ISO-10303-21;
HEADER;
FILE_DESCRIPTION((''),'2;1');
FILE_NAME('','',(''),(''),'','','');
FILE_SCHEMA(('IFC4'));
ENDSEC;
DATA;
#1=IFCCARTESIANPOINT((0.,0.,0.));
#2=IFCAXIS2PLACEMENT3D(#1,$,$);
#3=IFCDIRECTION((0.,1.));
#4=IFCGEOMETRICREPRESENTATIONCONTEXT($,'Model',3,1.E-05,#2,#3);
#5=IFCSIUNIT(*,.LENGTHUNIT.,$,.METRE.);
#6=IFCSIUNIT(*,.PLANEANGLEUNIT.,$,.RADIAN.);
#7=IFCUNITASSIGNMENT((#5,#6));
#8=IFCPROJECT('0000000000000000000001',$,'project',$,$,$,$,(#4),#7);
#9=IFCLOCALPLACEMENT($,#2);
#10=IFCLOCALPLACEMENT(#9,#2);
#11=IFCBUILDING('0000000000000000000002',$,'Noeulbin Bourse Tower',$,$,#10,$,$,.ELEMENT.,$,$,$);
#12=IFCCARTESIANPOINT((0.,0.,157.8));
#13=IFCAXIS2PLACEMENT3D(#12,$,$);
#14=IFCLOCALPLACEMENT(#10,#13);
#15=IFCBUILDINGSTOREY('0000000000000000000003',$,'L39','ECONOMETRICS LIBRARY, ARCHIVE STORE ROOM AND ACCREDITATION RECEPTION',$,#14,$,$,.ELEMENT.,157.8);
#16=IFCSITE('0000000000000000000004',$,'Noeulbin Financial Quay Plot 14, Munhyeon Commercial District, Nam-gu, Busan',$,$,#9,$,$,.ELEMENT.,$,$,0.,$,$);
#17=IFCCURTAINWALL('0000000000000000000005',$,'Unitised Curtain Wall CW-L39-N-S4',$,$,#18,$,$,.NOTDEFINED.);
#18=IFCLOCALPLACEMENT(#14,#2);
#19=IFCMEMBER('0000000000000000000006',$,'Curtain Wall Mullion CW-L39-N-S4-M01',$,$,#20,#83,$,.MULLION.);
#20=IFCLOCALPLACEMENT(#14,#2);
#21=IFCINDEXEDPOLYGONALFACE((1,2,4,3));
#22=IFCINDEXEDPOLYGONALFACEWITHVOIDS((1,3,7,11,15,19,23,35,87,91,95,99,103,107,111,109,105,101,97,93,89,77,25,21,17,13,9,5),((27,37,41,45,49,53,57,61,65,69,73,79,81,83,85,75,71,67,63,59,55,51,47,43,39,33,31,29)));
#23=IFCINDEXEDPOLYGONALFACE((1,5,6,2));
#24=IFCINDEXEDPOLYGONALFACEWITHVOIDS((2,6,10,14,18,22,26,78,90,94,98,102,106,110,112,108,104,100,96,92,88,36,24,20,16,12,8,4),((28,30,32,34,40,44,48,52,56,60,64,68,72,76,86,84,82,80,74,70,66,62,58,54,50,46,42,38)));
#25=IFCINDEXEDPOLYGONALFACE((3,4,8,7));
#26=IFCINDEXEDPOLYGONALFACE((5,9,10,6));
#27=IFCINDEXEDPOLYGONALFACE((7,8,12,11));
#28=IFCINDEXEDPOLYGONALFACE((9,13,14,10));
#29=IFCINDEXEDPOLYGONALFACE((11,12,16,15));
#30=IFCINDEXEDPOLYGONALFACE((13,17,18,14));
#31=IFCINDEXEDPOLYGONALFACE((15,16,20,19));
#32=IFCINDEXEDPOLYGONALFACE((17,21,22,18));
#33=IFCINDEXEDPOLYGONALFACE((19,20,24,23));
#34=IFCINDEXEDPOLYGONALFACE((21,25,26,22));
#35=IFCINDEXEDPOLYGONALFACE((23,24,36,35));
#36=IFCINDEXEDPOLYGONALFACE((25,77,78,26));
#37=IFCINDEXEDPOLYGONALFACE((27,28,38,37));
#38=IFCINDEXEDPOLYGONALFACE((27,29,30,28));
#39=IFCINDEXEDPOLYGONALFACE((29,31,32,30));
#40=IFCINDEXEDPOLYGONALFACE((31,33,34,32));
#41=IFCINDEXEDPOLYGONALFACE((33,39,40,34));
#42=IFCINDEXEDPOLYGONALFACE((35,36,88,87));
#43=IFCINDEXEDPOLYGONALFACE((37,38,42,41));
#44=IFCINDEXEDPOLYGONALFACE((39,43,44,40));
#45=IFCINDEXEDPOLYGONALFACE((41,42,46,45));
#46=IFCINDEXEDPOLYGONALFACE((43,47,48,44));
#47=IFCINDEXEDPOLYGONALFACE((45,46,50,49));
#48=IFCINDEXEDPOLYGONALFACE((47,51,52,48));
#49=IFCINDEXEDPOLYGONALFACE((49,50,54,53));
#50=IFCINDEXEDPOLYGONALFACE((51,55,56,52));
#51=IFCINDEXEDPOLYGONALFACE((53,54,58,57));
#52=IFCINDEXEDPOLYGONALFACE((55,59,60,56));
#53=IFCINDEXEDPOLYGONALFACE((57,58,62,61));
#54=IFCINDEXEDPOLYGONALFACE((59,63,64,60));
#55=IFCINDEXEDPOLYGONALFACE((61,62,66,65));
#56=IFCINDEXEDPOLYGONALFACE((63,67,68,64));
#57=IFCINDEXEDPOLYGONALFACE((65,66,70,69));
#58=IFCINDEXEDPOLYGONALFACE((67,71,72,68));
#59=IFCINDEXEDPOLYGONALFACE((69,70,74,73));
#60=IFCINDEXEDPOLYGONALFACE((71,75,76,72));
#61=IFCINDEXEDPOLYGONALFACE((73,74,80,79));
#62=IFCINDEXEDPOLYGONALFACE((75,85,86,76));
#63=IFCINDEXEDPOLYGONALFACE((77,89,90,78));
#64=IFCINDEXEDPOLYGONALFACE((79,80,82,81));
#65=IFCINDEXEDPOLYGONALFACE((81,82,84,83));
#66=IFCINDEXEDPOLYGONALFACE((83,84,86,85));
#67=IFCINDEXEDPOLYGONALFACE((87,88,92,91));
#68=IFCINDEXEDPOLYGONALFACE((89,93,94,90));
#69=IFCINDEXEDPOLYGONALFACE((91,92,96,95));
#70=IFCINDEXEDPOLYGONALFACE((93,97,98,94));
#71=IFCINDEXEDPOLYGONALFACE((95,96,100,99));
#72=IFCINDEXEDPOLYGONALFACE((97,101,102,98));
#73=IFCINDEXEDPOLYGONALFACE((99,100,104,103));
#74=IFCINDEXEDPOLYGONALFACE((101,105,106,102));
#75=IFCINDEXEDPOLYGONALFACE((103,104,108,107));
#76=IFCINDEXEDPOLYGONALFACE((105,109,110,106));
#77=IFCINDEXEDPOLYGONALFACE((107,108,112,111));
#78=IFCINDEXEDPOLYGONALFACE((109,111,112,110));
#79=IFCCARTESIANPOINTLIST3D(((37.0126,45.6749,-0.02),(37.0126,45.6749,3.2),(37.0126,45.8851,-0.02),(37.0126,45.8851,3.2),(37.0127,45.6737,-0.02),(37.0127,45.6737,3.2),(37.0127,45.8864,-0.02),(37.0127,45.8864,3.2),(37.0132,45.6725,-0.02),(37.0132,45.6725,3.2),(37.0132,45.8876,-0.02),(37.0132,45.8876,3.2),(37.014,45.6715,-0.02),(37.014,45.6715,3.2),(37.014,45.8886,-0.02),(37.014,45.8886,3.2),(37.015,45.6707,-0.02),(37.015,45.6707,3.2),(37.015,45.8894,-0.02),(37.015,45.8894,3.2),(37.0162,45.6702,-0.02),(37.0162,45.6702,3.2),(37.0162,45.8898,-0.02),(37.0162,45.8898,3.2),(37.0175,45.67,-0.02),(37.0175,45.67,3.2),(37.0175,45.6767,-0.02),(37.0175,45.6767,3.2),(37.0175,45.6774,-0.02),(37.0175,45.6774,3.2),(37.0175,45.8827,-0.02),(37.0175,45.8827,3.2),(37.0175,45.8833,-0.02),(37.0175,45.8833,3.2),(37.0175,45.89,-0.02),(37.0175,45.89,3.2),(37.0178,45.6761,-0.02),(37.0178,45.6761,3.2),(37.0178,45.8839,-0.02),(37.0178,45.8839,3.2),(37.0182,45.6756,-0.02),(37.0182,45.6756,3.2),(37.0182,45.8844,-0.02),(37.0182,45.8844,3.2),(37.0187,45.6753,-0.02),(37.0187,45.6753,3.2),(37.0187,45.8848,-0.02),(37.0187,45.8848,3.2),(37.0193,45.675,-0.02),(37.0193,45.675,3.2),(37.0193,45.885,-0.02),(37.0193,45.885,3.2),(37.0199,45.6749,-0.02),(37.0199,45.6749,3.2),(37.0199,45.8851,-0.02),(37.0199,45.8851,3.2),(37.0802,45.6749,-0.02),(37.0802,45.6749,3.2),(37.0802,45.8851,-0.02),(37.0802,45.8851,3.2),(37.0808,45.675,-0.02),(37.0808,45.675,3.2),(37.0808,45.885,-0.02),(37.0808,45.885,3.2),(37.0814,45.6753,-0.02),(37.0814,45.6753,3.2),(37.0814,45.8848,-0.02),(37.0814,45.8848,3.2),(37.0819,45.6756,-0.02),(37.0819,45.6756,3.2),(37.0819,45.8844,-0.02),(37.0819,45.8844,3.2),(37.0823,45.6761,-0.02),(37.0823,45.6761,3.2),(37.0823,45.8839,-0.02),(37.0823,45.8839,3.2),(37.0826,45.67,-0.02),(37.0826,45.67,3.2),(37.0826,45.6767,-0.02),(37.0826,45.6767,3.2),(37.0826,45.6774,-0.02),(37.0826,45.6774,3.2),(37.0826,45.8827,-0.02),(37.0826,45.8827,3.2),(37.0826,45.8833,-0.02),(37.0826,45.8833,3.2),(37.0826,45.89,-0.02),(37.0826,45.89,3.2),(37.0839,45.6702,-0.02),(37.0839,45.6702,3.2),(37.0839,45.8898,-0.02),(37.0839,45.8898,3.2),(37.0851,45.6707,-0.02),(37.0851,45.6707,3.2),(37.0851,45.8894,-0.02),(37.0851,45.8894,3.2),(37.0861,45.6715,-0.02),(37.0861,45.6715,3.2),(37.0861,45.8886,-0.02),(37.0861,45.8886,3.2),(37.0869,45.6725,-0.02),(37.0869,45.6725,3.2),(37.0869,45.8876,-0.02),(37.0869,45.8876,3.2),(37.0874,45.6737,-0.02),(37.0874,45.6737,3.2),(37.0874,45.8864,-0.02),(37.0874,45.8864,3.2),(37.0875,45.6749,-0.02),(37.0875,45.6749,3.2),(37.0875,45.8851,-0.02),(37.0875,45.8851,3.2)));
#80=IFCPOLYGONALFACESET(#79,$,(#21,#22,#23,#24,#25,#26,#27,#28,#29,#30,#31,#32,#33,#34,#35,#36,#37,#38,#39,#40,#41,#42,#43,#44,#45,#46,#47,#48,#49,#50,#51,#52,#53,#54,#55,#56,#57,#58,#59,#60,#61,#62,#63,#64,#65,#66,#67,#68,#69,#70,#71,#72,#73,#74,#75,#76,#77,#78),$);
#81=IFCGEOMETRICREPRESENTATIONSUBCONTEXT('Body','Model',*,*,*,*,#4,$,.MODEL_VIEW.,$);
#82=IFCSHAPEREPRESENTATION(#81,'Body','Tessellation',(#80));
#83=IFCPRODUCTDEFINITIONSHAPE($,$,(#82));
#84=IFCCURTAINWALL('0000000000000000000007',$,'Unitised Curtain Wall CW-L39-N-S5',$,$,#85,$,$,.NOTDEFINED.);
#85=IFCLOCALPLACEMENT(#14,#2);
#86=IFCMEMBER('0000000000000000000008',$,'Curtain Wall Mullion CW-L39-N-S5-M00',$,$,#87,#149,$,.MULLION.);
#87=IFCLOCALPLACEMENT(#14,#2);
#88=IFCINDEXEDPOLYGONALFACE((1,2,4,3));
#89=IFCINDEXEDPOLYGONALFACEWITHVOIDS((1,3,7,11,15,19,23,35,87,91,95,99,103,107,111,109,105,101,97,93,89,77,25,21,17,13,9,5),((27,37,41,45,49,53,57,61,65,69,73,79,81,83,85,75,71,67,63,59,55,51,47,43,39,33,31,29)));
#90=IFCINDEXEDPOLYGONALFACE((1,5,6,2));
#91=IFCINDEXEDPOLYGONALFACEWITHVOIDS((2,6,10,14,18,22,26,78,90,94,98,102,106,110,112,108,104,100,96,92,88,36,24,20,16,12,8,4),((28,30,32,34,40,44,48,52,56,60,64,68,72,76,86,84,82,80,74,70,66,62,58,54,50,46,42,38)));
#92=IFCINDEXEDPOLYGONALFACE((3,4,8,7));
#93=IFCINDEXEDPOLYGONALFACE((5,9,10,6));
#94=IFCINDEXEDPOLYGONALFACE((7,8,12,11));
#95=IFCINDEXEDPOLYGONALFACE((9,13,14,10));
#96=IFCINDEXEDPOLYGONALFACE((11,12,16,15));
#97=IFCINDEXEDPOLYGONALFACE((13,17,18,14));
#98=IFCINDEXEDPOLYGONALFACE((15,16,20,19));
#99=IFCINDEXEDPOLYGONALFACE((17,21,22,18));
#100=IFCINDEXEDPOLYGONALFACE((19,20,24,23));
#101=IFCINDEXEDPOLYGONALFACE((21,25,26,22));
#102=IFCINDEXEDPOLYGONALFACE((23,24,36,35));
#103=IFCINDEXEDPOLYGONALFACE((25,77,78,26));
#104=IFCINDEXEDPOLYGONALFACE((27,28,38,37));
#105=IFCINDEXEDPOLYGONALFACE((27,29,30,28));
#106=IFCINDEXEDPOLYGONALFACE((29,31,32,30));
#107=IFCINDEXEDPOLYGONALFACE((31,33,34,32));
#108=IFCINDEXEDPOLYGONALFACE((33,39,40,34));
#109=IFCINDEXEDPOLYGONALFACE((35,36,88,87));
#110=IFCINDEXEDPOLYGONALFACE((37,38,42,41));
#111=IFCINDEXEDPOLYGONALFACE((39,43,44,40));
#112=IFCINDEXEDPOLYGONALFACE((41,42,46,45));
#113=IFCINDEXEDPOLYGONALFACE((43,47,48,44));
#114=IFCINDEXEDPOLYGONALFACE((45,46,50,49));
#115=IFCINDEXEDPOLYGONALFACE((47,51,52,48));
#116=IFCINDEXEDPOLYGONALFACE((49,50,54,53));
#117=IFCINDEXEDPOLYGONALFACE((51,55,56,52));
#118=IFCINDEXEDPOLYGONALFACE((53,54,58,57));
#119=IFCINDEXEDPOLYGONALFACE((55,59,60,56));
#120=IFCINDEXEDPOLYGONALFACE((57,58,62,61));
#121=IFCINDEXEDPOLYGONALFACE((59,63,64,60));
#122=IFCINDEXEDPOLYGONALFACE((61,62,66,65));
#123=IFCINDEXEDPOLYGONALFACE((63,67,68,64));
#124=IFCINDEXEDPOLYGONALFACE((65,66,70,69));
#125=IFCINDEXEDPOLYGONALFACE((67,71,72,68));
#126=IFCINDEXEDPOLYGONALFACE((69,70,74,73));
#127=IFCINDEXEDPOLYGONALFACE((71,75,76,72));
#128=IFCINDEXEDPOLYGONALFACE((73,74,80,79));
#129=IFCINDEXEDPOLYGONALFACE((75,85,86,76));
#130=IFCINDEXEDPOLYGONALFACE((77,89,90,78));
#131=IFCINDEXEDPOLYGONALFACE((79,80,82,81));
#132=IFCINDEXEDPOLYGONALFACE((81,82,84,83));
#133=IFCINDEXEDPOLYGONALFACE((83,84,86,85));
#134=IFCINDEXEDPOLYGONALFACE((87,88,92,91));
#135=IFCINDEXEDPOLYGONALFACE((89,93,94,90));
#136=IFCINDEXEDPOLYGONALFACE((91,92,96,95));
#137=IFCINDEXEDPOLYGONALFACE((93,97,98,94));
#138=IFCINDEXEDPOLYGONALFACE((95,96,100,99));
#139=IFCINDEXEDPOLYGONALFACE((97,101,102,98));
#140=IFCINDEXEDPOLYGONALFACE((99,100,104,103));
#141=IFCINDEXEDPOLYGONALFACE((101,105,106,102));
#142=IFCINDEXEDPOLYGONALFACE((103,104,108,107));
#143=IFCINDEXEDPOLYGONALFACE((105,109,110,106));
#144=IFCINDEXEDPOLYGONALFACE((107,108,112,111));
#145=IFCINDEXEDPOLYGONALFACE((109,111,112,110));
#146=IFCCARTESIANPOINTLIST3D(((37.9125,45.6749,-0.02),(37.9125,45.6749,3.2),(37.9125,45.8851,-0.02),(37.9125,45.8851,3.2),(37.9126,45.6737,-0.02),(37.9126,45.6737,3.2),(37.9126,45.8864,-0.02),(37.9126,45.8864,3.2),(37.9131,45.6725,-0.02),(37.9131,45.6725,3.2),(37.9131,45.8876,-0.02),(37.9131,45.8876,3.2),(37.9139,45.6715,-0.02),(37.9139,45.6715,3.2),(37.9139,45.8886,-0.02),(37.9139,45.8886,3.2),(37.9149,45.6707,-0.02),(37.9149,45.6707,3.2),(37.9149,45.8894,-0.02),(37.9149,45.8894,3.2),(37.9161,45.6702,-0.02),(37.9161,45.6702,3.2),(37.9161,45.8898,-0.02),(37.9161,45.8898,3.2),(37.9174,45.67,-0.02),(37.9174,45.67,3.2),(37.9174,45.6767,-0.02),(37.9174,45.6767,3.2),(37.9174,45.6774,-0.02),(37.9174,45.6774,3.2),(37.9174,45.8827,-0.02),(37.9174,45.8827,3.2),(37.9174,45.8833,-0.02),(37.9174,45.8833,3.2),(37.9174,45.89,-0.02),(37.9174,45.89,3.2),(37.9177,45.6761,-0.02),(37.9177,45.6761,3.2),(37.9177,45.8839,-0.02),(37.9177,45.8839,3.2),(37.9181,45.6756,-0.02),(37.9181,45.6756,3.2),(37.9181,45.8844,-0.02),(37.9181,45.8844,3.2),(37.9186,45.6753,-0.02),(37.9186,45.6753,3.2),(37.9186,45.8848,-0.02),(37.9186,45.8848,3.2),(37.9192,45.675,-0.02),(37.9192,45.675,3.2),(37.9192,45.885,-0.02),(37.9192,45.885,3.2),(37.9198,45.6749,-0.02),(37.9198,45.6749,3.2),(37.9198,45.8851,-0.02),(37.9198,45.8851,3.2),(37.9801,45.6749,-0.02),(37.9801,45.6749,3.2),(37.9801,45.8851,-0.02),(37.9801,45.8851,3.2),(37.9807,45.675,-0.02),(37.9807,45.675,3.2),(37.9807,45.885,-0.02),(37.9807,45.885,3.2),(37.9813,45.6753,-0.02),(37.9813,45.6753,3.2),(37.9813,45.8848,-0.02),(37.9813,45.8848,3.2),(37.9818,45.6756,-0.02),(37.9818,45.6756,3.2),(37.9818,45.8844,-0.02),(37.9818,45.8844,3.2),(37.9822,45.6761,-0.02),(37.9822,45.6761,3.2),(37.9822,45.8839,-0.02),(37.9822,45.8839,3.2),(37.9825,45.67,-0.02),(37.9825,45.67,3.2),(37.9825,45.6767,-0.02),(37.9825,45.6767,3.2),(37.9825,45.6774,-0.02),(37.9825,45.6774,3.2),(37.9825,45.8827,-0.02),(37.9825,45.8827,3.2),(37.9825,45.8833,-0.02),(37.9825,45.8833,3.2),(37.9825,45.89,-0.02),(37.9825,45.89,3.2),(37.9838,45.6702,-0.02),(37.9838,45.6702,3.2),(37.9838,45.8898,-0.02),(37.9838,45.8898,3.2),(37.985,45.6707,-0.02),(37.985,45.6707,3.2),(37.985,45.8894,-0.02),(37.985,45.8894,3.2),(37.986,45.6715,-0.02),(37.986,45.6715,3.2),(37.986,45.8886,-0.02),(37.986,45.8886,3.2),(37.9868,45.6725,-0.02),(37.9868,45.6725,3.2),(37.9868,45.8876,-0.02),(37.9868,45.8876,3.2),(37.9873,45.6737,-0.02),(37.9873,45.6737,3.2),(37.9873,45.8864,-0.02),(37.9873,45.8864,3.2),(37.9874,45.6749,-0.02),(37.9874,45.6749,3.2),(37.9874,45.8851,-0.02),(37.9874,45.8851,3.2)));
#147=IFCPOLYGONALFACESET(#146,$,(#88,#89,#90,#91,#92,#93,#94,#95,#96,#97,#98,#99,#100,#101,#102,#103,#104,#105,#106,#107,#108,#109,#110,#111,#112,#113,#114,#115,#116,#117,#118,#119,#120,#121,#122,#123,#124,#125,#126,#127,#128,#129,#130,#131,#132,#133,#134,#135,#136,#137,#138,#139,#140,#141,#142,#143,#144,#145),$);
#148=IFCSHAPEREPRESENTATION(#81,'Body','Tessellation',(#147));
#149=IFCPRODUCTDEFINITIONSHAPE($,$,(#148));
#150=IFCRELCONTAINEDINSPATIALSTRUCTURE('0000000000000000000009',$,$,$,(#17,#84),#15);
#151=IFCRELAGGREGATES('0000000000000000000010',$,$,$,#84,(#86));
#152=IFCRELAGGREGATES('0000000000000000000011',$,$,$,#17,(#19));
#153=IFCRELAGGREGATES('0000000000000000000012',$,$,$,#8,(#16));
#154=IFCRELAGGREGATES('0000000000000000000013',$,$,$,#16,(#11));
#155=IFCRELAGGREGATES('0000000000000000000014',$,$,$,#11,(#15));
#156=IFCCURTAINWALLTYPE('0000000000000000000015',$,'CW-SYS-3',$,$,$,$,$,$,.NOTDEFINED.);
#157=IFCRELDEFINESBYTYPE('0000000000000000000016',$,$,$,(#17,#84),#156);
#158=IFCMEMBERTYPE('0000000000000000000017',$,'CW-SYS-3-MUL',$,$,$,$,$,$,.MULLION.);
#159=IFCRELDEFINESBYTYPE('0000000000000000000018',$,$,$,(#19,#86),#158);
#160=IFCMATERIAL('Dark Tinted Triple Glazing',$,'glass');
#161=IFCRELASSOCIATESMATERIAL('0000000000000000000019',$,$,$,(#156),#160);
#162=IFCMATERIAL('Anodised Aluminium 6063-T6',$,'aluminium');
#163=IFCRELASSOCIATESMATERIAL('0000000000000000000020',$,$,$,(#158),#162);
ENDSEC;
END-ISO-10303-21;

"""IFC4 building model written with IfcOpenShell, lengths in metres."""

from ifc_helpers import new_model, si_unit, direction, frame, origin, origin_2d, place, context, subcontext, project, spatial, hollow_rectangle, extrude, material, material_profile, profile_set, type_object, element, aggregate, save


model = new_model("IFC4")

# Units and contexts
model_context = context("Model", 3, precision=1e-05, world=origin(), true_north=direction((0.0, 1.0)))
body_context = subcontext(model_context, "Body", "Model", "MODEL_VIEW")
ifc_project = project(units=[si_unit("LENGTHUNIT", "METRE"), si_unit("PLANEANGLEUNIT", "RADIAN")], contexts=[model_context])

# Site, building, storey
site_placement = place(None, origin())
site = spatial("IfcSite", under=ifc_project, at=site_placement, Name="Noeulbin Financial Quay Plot 14, Munhyeon Commercial District, Nam-gu, Busan", CompositionType="ELEMENT", RefElevation=0.0)
building_placement = place(site_placement, origin())
building = spatial("IfcBuilding", under=site, at=building_placement, Name="Noeulbin Bourse Tower", CompositionType="ELEMENT")
storey_placement = place(building_placement, frame((0.0, 0.0, 157.8)))
storey = spatial("IfcBuildingStorey", under=building, at=storey_placement, Name="L39", Description="ECONOMETRICS LIBRARY, ARCHIVE STORE ROOM AND ACCREDITATION RECEPTION", CompositionType="ELEMENT", Elevation=157.8)

# Shared definitions
ifc_material_1 = material(Name="Dark Tinted Triple Glazing", Category="glass")
curtain_wall_type = type_object("IfcCurtainWallType", Name="CW-SYS-3", PredefinedType="NOTDEFINED", material=ifc_material_1)
ifc_material_2 = material(Name="Anodised Aluminium 6063-T6", Category="aluminium")
ifc_material_profile_1 = material_profile(ifc_material_2, hollow_rectangle(XDim=0.075, YDim=0.22, WallThickness=0.0049, InnerFilletRadius=0.0024, OuterFilletRadius=0.0049, at=origin_2d()), Name="ALU-MULL-75x220x5", Category="LoadBearing")
ifc_profile_set_1 = profile_set([ifc_material_profile_1], Name="Anodised Aluminium 6063-T6")
member_type_1 = type_object("IfcMemberType", Name="CW-SYS-3-MUL", PredefinedType="MULLION", material=ifc_profile_set_1)

# Curtain wall, member
curtain_wall_1_placement = place(storey_placement, origin())
curtain_wall_1 = element("IfcCurtainWall", 1, at=curtain_wall_1_placement, inside=storey, type_object=curtain_wall_type, Name="Unitised Curtain Wall CW-L39-N-S4", PredefinedType="NOTDEFINED")
member_1_placement = place(storey_placement, frame((37.05, 45.78, -0.02), z_axis=(0.0, 0.0, 1.0), x_axis=(1.0, 0.0, 0.0)))
member_1 = element("IfcMember", 2, at=member_1_placement, type_object=member_type_1, Name="Curtain Wall Mullion CW-L39-N-S4-M01", PredefinedType="MULLION", context=body_context, shape_type="SweptSolid", body=[
    extrude(hollow_rectangle(XDim=0.075, YDim=0.22, WallThickness=0.0049, InnerFilletRadius=0.0024, OuterFilletRadius=0.0049, at=origin_2d()), origin(), (0.0, 0.0, 1.0), 3.22),
])

# Curtain wall, member
curtain_wall_2_placement = place(storey_placement, origin())
curtain_wall_2 = element("IfcCurtainWall", 3, at=curtain_wall_2_placement, inside=storey, type_object=curtain_wall_type, Name="Unitised Curtain Wall CW-L39-N-S5", PredefinedType="NOTDEFINED")
member_2_placement = place(storey_placement, frame((37.95, 45.78, -0.02), z_axis=(0.0, 0.0, 1.0), x_axis=(1.0, 0.0, 0.0)))
member_2 = element("IfcMember", 4, at=member_2_placement, type_object=member_type_1, Name="Curtain Wall Mullion CW-L39-N-S5-M00", PredefinedType="MULLION", context=body_context, shape_type="SweptSolid", body=[
    extrude(hollow_rectangle(XDim=0.075, YDim=0.22, WallThickness=0.0049, InnerFilletRadius=0.0024, OuterFilletRadius=0.0049, at=origin_2d()), origin(), (0.0, 0.0, 1.0), 3.22),
])

aggregate(curtain_wall_2, [member_2])

aggregate(curtain_wall_1, [member_1])

save(model, "model.ifc")
